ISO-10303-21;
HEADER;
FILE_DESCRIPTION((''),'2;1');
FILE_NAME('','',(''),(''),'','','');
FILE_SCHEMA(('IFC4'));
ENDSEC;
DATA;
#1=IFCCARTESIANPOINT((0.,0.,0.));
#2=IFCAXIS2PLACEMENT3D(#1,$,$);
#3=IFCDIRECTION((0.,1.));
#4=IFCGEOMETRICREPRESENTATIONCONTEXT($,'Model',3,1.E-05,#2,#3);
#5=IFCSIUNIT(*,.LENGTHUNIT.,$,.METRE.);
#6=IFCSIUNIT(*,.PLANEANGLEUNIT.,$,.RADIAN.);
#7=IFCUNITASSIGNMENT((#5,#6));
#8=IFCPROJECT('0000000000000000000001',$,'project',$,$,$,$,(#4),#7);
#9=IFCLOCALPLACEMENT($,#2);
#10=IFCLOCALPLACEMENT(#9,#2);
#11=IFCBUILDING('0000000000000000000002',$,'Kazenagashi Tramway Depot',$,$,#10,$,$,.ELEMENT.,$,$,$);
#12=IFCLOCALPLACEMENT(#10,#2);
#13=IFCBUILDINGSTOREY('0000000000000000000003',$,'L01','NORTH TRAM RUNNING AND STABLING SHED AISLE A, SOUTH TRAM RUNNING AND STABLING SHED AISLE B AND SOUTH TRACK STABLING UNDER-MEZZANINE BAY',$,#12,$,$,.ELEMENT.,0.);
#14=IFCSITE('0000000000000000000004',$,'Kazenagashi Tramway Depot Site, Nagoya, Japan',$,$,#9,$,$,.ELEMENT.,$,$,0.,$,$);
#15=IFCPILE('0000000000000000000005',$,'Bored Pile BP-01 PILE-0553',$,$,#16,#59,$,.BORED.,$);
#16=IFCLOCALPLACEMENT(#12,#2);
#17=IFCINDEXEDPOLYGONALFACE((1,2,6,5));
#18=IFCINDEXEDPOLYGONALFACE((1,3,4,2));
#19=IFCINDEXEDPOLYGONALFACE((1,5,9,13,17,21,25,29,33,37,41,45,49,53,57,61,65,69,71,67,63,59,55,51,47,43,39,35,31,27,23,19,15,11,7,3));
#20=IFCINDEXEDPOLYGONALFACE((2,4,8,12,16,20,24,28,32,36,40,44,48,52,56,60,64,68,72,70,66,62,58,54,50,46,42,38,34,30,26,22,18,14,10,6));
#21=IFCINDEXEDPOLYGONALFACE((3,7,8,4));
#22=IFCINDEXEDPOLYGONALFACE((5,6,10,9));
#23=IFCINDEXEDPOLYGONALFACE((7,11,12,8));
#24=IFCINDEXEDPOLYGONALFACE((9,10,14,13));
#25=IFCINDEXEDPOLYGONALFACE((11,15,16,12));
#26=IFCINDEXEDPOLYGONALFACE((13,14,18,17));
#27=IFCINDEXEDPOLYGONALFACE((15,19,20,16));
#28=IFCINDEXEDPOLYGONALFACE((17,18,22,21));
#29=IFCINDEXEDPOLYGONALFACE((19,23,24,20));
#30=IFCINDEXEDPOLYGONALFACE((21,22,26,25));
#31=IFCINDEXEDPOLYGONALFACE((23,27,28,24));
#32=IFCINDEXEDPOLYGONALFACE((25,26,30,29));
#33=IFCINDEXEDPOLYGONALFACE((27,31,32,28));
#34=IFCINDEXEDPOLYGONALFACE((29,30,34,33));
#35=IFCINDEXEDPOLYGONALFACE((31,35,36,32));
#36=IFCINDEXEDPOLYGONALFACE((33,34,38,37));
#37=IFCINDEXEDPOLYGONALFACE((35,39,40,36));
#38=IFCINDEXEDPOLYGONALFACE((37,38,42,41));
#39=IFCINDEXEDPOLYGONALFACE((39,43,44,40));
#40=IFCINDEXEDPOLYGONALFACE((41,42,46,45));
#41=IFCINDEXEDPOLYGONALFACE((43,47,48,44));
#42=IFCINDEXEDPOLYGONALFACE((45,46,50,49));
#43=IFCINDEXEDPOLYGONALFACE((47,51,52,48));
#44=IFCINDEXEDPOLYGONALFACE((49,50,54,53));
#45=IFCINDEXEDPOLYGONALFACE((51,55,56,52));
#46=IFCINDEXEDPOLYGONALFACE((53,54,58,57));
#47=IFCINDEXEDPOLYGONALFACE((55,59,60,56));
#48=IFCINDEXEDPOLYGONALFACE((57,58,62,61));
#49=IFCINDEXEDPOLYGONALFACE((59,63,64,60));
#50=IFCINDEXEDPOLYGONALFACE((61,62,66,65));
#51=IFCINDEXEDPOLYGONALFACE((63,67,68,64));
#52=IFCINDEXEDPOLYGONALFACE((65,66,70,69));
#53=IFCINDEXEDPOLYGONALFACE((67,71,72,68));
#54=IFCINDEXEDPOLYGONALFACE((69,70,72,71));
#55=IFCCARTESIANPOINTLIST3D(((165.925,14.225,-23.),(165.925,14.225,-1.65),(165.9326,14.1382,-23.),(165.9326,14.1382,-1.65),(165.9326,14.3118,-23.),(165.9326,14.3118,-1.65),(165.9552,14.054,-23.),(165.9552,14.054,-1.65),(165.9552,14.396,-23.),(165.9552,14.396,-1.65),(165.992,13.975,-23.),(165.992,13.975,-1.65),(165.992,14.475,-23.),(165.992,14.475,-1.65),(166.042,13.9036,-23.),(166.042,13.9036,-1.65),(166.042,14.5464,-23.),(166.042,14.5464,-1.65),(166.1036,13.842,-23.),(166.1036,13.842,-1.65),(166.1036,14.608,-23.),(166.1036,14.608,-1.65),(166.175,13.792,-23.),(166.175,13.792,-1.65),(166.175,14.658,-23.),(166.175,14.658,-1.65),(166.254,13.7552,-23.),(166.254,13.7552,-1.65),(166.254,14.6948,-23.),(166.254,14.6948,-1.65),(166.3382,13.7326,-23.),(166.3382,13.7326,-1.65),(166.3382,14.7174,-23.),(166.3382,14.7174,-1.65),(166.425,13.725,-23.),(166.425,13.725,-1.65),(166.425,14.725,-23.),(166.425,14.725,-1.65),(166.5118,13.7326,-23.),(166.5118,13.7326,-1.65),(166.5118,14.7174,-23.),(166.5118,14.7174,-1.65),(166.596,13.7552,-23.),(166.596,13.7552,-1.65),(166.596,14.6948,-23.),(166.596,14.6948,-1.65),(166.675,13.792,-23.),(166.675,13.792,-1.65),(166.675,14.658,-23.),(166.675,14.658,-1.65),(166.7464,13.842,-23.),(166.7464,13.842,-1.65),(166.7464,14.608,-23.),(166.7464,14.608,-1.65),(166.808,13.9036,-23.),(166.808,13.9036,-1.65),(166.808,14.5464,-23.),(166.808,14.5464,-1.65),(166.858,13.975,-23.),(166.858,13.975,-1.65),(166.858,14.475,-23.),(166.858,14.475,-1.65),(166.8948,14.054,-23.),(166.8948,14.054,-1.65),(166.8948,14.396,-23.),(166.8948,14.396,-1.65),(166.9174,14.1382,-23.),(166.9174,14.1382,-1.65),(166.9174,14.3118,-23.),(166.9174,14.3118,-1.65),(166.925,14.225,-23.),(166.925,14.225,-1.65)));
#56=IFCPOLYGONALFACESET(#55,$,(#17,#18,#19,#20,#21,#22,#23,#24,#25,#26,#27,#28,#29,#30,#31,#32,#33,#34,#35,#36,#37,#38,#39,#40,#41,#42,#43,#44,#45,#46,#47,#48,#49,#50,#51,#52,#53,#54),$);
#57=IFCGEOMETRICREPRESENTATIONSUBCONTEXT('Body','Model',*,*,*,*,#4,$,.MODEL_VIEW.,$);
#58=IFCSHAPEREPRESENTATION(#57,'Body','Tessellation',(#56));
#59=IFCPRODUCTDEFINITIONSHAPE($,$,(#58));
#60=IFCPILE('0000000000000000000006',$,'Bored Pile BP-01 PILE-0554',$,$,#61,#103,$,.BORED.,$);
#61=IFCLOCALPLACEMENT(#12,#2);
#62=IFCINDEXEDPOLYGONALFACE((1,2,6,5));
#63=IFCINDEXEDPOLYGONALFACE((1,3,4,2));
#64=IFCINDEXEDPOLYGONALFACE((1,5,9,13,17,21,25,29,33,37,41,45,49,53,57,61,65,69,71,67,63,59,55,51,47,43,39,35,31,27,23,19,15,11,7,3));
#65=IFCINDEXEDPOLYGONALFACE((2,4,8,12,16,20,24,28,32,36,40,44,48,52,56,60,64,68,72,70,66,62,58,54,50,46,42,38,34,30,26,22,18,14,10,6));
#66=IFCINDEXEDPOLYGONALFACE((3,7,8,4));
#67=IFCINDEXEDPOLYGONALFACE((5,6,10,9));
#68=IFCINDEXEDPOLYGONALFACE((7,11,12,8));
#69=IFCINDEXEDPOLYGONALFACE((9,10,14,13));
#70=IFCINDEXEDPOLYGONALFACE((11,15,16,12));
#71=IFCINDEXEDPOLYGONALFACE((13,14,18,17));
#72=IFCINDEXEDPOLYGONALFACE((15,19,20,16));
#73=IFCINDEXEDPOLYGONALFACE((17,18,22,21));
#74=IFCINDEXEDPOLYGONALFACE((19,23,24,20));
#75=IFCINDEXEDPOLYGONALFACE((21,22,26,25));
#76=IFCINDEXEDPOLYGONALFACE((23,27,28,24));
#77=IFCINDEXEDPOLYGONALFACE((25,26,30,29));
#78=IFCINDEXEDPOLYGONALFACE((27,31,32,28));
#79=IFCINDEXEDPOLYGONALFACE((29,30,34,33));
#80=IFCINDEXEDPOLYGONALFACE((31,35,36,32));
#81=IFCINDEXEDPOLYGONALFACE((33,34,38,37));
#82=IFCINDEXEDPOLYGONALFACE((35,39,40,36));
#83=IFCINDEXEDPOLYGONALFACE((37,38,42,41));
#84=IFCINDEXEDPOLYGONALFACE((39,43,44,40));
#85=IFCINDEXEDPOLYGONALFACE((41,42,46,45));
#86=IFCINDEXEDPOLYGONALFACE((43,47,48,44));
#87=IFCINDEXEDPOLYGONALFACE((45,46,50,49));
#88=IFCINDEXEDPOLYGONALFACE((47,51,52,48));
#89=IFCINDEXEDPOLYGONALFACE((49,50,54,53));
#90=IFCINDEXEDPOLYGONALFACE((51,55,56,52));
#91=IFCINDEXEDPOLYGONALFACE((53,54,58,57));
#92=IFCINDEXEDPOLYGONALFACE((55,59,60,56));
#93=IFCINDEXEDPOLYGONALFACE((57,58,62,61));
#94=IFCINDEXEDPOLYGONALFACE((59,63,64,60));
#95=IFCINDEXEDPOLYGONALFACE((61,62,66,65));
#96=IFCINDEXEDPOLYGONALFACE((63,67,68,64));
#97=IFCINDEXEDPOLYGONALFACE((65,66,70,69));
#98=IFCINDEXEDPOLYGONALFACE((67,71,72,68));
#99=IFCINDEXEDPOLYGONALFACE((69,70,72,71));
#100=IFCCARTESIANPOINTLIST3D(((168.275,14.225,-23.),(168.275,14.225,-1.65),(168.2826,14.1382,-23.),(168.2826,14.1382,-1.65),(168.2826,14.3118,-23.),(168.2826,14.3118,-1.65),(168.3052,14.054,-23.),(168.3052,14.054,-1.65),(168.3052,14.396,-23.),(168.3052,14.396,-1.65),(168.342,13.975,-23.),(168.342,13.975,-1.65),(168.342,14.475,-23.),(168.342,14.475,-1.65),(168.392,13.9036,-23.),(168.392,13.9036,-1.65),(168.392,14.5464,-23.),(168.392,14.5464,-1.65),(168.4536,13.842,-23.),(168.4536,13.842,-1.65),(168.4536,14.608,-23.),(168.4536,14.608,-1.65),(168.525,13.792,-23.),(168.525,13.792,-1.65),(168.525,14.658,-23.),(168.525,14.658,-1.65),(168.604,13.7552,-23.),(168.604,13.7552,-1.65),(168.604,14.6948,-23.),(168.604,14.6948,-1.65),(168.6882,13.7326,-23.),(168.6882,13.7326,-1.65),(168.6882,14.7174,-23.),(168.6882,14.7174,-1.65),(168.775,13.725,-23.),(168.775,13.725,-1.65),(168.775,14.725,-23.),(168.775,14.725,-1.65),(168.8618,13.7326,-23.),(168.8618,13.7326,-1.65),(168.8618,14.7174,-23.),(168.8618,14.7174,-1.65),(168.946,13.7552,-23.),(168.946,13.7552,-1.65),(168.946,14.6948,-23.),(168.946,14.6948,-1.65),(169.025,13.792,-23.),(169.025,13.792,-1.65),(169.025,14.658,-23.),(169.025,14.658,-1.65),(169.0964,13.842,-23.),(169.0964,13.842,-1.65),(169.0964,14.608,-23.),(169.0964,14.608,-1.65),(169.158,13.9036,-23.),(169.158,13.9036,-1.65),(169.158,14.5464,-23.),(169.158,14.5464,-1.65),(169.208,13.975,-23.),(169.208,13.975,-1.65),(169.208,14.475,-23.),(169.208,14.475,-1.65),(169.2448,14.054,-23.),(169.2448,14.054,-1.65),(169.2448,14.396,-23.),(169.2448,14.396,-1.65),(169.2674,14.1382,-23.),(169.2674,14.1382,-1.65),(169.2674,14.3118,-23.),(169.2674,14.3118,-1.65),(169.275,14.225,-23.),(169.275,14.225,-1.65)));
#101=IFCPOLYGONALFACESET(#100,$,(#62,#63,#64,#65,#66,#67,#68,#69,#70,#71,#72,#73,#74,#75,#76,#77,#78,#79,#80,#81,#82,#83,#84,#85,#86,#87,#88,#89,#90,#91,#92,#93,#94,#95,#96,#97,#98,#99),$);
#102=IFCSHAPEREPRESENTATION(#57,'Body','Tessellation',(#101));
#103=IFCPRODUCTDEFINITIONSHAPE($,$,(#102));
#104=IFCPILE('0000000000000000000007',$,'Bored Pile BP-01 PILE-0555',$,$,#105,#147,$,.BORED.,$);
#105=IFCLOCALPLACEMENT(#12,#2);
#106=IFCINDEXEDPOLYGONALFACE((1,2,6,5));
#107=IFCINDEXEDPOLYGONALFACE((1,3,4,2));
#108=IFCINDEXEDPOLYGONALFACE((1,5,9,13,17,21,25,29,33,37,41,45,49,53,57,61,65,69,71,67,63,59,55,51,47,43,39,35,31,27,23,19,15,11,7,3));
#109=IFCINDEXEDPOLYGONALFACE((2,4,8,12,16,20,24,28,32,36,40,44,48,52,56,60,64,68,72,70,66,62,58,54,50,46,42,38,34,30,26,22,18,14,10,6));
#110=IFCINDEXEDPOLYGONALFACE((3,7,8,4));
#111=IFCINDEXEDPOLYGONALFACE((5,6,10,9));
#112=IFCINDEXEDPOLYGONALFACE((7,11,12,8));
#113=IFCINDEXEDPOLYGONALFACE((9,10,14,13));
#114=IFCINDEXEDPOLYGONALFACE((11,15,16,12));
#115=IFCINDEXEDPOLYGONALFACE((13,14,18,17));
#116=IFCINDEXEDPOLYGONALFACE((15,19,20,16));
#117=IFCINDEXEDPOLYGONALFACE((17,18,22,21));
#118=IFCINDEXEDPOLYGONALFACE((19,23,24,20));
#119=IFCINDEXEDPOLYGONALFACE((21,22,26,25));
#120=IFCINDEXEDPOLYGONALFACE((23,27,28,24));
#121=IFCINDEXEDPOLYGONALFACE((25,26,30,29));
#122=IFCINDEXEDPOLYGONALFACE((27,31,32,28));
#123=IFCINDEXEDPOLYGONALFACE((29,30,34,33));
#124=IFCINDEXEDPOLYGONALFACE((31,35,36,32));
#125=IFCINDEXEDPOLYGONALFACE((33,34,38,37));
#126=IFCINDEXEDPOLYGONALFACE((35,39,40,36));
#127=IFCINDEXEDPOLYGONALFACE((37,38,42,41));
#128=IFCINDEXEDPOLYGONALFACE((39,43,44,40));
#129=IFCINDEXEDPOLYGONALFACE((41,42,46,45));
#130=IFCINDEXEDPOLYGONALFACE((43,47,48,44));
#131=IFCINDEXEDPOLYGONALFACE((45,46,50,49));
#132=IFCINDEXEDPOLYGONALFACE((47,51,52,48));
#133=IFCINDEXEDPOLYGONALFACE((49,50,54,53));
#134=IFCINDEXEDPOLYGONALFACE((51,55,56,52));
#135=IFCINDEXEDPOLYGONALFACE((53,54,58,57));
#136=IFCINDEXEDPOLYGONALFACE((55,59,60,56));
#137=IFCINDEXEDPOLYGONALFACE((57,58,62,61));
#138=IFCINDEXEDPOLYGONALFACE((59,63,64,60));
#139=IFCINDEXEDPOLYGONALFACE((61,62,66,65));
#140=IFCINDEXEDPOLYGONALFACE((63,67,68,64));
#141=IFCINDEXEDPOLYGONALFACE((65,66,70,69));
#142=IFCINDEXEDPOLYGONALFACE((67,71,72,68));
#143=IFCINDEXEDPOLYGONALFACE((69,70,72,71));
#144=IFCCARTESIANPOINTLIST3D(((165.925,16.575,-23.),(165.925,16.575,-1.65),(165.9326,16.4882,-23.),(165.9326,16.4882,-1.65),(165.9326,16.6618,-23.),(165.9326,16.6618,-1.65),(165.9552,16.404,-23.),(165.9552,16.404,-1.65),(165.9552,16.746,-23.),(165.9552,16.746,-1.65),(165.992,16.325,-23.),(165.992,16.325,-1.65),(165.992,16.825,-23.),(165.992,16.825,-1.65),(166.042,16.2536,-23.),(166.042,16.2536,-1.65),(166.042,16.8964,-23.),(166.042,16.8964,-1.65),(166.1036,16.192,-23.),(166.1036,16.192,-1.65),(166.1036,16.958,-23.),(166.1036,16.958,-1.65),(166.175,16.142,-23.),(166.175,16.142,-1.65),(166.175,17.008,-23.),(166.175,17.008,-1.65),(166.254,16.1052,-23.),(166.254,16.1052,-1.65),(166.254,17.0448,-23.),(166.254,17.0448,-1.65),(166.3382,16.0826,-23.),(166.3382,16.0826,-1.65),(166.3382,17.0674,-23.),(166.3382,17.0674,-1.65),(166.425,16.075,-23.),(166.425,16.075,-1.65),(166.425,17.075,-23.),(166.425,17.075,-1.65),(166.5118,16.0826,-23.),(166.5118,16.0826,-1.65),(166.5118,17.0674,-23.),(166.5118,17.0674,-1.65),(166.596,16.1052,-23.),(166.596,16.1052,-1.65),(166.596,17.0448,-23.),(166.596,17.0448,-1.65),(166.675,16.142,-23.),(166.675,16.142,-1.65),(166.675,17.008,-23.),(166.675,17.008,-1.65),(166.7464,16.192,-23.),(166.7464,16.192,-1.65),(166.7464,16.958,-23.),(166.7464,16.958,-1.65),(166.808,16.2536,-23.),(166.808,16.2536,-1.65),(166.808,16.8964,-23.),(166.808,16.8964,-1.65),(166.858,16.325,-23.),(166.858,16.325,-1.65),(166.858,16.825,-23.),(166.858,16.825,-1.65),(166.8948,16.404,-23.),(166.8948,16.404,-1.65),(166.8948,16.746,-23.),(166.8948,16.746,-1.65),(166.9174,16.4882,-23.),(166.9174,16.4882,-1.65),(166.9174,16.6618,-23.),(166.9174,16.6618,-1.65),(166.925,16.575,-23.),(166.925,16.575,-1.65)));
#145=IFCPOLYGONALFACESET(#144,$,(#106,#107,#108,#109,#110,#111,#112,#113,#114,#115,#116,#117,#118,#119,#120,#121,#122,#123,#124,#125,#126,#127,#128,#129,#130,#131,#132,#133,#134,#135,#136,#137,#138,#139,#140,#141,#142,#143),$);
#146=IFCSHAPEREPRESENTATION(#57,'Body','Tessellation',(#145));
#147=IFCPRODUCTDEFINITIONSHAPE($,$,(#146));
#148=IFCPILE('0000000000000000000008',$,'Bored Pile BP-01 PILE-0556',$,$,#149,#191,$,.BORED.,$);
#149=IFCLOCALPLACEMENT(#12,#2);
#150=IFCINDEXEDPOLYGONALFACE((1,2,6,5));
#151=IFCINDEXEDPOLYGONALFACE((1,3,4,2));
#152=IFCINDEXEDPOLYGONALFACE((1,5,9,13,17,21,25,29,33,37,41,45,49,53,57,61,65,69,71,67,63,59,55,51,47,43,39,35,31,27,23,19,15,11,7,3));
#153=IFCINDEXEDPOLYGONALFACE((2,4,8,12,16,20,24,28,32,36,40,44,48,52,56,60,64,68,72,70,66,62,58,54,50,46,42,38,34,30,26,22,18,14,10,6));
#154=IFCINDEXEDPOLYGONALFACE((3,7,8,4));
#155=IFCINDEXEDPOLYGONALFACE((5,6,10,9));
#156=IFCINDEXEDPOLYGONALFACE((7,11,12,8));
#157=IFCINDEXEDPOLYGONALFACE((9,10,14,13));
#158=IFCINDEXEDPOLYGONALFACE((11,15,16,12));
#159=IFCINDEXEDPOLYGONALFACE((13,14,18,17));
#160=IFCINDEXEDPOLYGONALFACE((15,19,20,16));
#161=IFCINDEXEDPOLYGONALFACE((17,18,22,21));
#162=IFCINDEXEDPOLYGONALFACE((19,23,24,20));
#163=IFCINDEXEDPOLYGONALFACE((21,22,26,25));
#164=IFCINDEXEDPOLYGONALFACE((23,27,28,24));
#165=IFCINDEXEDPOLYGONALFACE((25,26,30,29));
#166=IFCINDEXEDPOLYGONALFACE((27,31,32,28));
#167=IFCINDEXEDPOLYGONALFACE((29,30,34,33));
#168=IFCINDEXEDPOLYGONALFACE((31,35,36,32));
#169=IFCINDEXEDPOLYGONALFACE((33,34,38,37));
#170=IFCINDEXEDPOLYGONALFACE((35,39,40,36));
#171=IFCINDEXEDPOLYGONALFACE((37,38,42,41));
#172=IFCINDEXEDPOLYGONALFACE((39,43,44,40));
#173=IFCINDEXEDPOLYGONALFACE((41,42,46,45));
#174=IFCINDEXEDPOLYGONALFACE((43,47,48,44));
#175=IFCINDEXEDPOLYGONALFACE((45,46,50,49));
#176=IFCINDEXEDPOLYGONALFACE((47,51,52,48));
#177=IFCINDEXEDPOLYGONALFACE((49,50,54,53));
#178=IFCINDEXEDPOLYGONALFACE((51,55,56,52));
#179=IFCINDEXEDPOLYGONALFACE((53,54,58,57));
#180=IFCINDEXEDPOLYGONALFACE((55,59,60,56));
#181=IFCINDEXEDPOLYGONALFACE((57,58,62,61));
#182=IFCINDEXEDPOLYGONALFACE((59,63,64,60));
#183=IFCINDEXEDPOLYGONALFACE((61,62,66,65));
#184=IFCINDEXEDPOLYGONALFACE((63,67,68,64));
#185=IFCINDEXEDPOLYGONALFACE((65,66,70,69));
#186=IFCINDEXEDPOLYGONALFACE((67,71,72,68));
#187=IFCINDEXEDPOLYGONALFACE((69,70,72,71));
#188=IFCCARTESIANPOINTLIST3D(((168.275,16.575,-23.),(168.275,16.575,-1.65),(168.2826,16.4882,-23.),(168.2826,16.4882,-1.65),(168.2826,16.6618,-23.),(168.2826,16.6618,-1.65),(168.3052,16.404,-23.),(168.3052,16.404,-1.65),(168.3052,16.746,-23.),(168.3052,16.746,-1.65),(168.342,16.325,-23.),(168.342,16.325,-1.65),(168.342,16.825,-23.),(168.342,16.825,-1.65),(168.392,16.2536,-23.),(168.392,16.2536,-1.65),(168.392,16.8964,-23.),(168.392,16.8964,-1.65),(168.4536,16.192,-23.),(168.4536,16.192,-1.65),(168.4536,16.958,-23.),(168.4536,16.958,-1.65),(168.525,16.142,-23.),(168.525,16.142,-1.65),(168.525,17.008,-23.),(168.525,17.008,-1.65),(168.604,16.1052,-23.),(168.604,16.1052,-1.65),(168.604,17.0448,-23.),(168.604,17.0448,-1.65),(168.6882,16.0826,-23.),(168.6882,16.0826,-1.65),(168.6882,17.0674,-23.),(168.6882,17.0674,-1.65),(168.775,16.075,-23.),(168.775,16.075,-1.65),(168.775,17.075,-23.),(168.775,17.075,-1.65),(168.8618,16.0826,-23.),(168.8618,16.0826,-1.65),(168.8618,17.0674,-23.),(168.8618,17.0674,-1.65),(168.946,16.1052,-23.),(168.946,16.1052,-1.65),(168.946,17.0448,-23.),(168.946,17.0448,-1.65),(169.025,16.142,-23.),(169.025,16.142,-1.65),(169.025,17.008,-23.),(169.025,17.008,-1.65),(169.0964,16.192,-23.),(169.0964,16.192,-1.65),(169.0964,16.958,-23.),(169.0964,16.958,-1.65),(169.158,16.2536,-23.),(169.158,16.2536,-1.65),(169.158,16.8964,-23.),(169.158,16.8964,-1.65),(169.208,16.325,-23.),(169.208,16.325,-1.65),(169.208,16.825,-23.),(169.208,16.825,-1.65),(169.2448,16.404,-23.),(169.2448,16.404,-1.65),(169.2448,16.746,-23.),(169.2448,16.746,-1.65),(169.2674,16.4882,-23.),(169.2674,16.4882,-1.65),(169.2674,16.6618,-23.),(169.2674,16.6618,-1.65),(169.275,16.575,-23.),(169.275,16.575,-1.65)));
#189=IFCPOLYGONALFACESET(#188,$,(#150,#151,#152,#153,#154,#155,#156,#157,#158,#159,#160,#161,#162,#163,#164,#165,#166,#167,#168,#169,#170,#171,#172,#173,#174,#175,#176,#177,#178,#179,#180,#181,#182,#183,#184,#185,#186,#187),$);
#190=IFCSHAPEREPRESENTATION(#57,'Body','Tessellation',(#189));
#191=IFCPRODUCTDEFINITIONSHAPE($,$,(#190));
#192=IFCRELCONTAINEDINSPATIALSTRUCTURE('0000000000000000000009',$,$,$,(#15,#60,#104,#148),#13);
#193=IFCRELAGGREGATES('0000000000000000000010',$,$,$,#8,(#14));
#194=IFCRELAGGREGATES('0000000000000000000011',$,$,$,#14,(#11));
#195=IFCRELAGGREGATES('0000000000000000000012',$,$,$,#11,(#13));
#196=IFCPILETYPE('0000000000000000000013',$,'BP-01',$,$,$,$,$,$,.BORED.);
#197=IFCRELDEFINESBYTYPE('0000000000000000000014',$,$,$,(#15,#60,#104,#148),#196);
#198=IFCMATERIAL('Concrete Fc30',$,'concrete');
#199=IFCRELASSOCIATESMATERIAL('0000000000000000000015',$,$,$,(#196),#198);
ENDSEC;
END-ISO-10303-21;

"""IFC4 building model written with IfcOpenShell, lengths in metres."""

from ifc_helpers import new_model, si_unit, direction, frame, origin, origin_2d, place, context, subcontext, project, spatial, circle, extrude, material, material_profile, profile_set, type_object, element, save


model = new_model("IFC4")

# Units and contexts
model_context = context("Model", 3, precision=1e-05, world=origin(), true_north=direction((0.0, 1.0)))
body_context = subcontext(model_context, "Body", "Model", "MODEL_VIEW")
ifc_project = project(units=[si_unit("LENGTHUNIT", "METRE"), si_unit("PLANEANGLEUNIT", "RADIAN")], contexts=[model_context])

# Site, building, storey
site_placement = place(None, origin())
site = spatial("IfcSite", under=ifc_project, at=site_placement, Name="Kazenagashi Tramway Depot Site, Nagoya, Japan", CompositionType="ELEMENT", RefElevation=0.0)
building_placement = place(site_placement, origin())
building = spatial("IfcBuilding", under=site, at=building_placement, Name="Kazenagashi Tramway Depot", CompositionType="ELEMENT")
storey_placement = place(building_placement, origin())
storey = spatial("IfcBuildingStorey", under=building, at=storey_placement, Name="L01", Description="NORTH TRAM RUNNING AND STABLING SHED AISLE A, SOUTH TRAM RUNNING AND STABLING SHED AISLE B AND SOUTH TRACK STABLING UNDER-MEZZANINE BAY", CompositionType="ELEMENT", Elevation=0.0)

# Piles
ifc_material_1 = material(Name="Concrete Fc30", Category="concrete")
ifc_material_profile_1 = material_profile(ifc_material_1, circle(Radius=0.5, at=origin_2d()), Name="PILE-1000")
ifc_profile_set_1 = profile_set([ifc_material_profile_1], Name="Concrete Fc30")
pile_type = type_object("IfcPileType", Name="BP-01", PredefinedType="BORED", material=ifc_profile_set_1)
for number, where, z_axis, x_axis, name in (
    (1, (166.425, 14.225, -1.65), (0.0, 0.0, -1.0), (1.0, 0.0, 0.0), "Bored Pile BP-01 PILE-0553"),
    (2, (168.775, 14.225, -1.65), (0.0, 0.0, -1.0), (1.0, 0.0, 0.0), "Bored Pile BP-01 PILE-0554"),
    (3, (166.425, 16.575, -1.65), (0.0, 0.0, -1.0), (1.0, 0.0, 0.0), "Bored Pile BP-01 PILE-0555"),
    (4, (168.775, 16.575, -1.65), (0.0, 0.0, -1.0), (1.0, 0.0, 0.0), "Bored Pile BP-01 PILE-0556"),
):
    element("IfcPile", number, at=place(storey_placement, frame(where, z_axis=z_axis, x_axis=x_axis)), inside=storey, type_object=pile_type, Name=name, PredefinedType="BORED", context=body_context, shape_type="SweptSolid", body=[
        extrude(circle(Radius=0.5, at=origin_2d()), origin(), (0.0, 0.0, 1.0), 21.35),
    ])

save(model, "model.ifc")
